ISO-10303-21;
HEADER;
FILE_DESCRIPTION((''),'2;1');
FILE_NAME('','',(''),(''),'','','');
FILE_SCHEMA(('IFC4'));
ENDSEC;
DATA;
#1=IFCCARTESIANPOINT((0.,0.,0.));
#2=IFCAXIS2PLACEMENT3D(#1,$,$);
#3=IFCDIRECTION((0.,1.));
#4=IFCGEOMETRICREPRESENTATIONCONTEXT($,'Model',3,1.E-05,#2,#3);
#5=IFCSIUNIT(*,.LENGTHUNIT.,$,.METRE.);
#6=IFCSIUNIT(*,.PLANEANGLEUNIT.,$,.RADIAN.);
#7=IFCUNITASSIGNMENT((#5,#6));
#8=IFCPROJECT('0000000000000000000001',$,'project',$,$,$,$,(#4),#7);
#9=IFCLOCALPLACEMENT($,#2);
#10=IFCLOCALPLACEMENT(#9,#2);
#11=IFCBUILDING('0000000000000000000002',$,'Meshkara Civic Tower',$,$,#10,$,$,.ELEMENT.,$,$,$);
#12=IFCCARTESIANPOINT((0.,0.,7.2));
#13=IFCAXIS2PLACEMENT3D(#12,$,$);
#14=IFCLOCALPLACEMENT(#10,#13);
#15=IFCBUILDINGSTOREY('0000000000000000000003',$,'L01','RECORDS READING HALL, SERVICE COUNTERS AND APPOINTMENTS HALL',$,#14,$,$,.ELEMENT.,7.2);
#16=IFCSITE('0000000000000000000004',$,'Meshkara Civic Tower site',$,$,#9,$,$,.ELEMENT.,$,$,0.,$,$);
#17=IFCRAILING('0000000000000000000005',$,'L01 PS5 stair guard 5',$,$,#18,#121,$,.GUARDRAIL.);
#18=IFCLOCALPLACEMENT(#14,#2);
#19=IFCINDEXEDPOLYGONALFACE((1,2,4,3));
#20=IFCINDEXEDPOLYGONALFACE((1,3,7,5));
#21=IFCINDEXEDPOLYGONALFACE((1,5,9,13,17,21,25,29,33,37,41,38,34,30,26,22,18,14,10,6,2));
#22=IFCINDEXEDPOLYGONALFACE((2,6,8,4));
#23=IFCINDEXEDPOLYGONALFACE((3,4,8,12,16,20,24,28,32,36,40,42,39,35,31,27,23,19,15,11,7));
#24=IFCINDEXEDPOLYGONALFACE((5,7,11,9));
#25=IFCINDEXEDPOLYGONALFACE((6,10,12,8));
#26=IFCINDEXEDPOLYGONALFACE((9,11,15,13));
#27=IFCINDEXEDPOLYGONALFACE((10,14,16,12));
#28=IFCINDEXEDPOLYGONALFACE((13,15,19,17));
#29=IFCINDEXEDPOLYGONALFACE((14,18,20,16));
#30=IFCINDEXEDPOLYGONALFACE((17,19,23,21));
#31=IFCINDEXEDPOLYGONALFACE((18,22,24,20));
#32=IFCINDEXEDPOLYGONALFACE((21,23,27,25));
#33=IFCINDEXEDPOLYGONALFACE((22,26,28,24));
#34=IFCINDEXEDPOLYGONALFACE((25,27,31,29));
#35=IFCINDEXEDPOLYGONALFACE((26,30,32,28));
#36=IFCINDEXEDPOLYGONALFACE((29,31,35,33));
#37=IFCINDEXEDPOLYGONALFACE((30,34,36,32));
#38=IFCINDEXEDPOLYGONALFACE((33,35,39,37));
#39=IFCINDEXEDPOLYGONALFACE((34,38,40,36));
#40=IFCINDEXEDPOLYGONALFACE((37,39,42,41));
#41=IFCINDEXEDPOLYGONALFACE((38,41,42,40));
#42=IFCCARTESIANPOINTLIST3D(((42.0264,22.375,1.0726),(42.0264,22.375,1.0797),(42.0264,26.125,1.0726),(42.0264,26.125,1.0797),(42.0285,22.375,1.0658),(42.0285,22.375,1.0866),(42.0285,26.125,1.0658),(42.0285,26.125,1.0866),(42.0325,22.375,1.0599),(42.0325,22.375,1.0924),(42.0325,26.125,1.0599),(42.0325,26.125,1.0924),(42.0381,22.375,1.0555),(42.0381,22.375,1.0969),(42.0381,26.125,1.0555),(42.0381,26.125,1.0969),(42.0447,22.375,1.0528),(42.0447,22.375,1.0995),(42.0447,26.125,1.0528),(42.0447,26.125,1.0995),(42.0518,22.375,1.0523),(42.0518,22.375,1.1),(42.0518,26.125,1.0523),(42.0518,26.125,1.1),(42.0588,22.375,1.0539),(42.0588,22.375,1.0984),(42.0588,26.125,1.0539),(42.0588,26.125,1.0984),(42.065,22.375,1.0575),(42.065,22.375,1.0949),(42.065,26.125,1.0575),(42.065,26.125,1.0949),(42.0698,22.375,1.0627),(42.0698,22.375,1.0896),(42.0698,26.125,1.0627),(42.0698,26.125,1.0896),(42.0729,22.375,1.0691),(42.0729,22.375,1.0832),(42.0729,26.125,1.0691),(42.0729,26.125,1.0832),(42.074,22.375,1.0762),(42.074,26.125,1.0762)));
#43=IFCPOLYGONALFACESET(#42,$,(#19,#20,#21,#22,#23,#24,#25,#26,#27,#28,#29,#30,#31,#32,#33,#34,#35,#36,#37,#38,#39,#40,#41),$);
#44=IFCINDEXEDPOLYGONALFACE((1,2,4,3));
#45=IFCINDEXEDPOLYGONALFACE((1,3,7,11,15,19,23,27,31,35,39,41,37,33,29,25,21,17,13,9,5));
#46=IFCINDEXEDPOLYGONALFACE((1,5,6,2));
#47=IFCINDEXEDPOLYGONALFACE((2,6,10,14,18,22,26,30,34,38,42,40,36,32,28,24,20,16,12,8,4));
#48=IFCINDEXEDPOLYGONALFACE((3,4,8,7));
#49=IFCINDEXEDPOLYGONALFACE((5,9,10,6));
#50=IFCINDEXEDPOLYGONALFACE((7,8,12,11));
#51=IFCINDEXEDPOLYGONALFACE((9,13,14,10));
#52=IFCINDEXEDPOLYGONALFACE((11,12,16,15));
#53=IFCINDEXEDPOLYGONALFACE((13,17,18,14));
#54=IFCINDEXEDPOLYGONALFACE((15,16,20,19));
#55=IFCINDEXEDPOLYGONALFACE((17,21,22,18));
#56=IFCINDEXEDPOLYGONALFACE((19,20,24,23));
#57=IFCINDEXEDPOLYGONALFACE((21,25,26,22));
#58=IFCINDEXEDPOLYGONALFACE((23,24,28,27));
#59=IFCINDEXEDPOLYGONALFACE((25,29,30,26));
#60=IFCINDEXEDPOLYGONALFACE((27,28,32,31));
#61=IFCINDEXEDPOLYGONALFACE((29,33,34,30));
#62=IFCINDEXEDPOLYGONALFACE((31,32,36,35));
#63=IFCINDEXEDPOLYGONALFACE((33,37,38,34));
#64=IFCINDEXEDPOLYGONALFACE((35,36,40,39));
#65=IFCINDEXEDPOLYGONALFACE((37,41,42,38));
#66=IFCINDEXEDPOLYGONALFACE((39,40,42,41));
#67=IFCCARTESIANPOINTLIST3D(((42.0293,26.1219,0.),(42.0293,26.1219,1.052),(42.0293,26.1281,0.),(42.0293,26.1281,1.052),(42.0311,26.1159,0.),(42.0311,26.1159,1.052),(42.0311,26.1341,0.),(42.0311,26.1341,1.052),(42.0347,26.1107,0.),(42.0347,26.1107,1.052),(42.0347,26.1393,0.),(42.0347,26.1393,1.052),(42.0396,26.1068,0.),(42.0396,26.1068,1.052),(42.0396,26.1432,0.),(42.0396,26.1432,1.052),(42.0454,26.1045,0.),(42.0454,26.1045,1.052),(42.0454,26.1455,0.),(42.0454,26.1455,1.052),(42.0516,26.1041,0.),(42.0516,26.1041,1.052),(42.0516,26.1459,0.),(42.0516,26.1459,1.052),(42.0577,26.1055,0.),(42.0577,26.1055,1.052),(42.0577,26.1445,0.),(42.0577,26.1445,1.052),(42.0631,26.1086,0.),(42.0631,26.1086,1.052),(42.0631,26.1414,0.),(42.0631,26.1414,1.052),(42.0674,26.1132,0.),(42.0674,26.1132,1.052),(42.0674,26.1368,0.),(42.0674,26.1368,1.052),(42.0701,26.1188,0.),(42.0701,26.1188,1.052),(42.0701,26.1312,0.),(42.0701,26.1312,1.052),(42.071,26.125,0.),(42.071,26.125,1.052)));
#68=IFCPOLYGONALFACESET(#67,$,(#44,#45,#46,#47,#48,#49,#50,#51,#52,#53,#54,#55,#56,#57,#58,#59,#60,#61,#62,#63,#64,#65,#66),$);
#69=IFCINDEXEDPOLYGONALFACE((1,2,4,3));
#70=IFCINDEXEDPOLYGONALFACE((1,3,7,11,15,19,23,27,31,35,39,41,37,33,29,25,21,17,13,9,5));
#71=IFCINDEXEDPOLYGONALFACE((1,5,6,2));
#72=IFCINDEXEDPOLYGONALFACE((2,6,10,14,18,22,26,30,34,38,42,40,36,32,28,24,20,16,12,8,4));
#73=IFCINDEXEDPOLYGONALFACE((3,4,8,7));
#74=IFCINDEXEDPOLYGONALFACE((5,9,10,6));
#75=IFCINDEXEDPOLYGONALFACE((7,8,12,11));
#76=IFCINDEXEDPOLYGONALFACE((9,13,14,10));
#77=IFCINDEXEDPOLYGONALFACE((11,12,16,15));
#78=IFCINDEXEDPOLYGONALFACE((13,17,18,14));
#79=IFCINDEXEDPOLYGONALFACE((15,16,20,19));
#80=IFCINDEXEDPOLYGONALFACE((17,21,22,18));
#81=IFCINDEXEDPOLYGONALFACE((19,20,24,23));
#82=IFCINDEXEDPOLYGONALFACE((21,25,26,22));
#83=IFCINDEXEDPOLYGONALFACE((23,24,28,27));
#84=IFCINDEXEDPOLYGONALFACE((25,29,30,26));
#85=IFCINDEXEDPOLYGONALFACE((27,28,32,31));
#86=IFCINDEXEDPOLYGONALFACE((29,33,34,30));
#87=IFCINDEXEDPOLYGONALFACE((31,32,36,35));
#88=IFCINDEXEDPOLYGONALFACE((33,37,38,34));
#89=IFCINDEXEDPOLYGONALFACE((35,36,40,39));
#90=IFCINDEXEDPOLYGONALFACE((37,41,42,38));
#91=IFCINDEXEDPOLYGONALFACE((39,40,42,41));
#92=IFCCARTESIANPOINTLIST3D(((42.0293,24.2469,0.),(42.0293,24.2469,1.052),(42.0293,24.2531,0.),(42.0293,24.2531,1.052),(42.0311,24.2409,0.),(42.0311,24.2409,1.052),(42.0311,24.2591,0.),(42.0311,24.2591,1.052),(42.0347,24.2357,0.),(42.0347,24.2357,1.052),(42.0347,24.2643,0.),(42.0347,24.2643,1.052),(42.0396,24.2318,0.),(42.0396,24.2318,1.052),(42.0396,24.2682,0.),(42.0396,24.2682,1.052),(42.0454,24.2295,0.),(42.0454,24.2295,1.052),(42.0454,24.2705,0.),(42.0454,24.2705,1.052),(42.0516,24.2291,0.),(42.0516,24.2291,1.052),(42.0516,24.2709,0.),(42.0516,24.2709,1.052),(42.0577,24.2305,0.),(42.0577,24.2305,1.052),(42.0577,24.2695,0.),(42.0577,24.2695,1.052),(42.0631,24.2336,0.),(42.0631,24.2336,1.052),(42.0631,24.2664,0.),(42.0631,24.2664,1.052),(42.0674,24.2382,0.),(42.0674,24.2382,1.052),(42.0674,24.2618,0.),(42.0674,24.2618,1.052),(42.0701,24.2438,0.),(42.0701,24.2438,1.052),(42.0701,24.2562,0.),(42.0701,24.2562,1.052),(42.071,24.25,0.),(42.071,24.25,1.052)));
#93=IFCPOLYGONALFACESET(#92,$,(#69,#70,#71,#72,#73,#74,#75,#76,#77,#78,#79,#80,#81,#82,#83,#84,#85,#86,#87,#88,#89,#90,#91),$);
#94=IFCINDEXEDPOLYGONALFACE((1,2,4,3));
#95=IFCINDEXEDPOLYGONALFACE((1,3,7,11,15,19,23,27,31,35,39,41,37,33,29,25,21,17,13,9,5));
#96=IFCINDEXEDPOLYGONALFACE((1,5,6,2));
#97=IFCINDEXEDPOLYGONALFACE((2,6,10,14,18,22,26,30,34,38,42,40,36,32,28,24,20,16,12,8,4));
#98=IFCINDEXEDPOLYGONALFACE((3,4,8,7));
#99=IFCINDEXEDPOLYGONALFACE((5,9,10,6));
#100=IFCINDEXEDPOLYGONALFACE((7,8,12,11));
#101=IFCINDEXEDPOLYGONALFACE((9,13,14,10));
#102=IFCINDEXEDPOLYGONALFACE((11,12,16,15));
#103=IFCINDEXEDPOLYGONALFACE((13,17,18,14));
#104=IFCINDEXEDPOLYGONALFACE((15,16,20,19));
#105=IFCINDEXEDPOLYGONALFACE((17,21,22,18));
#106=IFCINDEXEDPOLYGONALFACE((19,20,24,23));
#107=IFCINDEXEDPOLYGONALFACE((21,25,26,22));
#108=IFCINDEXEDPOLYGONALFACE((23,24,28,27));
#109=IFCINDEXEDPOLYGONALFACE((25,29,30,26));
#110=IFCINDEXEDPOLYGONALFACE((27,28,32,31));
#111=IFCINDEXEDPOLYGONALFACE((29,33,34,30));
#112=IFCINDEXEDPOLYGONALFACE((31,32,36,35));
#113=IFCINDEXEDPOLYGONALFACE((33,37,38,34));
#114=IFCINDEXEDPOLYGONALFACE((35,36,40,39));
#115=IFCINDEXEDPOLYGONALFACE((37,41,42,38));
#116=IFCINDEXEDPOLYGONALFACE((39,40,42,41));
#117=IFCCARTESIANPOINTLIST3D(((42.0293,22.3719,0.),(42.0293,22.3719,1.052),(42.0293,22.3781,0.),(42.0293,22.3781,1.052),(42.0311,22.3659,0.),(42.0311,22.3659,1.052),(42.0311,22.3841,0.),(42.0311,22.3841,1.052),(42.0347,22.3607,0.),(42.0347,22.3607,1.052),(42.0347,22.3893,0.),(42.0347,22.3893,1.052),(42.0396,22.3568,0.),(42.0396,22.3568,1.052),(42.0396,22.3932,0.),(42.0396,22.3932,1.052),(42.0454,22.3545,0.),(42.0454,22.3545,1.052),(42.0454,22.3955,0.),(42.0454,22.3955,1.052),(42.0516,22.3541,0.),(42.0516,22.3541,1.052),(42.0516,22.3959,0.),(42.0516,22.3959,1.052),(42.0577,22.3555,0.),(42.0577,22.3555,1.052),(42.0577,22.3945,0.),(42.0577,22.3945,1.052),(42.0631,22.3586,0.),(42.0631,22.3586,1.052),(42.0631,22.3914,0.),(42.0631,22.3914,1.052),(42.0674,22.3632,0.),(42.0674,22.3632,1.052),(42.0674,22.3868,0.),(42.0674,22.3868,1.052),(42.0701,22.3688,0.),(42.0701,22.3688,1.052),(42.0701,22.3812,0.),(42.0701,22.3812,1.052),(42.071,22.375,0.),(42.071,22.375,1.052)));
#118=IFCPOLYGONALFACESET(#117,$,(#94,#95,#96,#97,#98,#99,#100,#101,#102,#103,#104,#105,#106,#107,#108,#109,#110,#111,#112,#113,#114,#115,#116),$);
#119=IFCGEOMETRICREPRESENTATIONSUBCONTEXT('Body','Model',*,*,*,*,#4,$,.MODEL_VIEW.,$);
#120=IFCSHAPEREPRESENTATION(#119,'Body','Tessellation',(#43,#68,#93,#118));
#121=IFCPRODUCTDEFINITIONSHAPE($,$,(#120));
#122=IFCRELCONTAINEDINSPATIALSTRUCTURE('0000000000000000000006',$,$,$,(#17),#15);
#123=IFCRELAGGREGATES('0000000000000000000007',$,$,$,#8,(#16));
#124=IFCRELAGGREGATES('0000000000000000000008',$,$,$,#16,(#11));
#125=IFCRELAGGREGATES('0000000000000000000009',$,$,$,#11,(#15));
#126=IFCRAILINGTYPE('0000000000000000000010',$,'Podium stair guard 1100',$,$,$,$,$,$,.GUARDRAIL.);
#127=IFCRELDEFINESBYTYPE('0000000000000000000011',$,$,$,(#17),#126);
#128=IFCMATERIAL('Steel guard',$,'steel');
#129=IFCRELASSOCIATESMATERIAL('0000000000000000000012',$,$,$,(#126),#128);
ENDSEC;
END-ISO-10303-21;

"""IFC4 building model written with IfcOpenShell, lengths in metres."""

from ifc_helpers import new_model, si_unit, direction, frame, origin, origin_2d, place, context, subcontext, project, spatial, circle, extrude, material, type_object, element, save


model = new_model("IFC4")

# Units and contexts
model_context = context("Model", 3, precision=1e-05, world=origin(), true_north=direction((0.0, 1.0)))
body_context = subcontext(model_context, "Body", "Model", "MODEL_VIEW")
ifc_project = project(units=[si_unit("LENGTHUNIT", "METRE"), si_unit("PLANEANGLEUNIT", "RADIAN")], contexts=[model_context])

# Site, building, storey
site_placement = place(None, origin())
site = spatial("IfcSite", under=ifc_project, at=site_placement, Name="Meshkara Civic Tower site", CompositionType="ELEMENT", RefElevation=0.0)
building_placement = place(site_placement, origin())
building = spatial("IfcBuilding", under=site, at=building_placement, Name="Meshkara Civic Tower", CompositionType="ELEMENT")
storey_placement = place(building_placement, frame((0.0, 0.0, 7.2)))
storey = spatial("IfcBuildingStorey", under=building, at=storey_placement, Name="L01", Description="RECORDS READING HALL, SERVICE COUNTERS AND APPOINTMENTS HALL", CompositionType="ELEMENT", Elevation=7.2)

# Railing
ifc_material_1 = material(Name="Steel guard", Category="steel")
railing_type_1 = type_object("IfcRailingType", Name="Podium stair guard 1100", PredefinedType="GUARDRAIL", material=ifc_material_1)
railing_1_placement = place(storey_placement, frame((42.05, 26.125, 0.0)))
element("IfcRailing", 1, at=railing_1_placement, inside=storey, type_object=railing_type_1, Name="L01 PS5 stair guard 5", PredefinedType="GUARDRAIL", context=body_context, shape_type="SweptSolid", body=[
    extrude(circle(Radius=0.0239, at=origin_2d()), frame((0.0, 0.0, 1.0762), z_axis=(0.0, -1.0, 0.0), x_axis=(1.0, 0.0, 0.0)), (0.0, 0.0, 1.0), 3.75),
    extrude(circle(Radius=0.021, at=origin_2d()), origin(), (0.0, 0.0, 1.0), 1.052),
    extrude(circle(Radius=0.021, at=origin_2d()), frame((0.0, -1.875, 0.0)), (0.0, 0.0, 1.0), 1.052),
    extrude(circle(Radius=0.021, at=origin_2d()), frame((0.0, -3.75, 0.0)), (0.0, 0.0, 1.0), 1.052),
])

save(model, "model.ifc")
